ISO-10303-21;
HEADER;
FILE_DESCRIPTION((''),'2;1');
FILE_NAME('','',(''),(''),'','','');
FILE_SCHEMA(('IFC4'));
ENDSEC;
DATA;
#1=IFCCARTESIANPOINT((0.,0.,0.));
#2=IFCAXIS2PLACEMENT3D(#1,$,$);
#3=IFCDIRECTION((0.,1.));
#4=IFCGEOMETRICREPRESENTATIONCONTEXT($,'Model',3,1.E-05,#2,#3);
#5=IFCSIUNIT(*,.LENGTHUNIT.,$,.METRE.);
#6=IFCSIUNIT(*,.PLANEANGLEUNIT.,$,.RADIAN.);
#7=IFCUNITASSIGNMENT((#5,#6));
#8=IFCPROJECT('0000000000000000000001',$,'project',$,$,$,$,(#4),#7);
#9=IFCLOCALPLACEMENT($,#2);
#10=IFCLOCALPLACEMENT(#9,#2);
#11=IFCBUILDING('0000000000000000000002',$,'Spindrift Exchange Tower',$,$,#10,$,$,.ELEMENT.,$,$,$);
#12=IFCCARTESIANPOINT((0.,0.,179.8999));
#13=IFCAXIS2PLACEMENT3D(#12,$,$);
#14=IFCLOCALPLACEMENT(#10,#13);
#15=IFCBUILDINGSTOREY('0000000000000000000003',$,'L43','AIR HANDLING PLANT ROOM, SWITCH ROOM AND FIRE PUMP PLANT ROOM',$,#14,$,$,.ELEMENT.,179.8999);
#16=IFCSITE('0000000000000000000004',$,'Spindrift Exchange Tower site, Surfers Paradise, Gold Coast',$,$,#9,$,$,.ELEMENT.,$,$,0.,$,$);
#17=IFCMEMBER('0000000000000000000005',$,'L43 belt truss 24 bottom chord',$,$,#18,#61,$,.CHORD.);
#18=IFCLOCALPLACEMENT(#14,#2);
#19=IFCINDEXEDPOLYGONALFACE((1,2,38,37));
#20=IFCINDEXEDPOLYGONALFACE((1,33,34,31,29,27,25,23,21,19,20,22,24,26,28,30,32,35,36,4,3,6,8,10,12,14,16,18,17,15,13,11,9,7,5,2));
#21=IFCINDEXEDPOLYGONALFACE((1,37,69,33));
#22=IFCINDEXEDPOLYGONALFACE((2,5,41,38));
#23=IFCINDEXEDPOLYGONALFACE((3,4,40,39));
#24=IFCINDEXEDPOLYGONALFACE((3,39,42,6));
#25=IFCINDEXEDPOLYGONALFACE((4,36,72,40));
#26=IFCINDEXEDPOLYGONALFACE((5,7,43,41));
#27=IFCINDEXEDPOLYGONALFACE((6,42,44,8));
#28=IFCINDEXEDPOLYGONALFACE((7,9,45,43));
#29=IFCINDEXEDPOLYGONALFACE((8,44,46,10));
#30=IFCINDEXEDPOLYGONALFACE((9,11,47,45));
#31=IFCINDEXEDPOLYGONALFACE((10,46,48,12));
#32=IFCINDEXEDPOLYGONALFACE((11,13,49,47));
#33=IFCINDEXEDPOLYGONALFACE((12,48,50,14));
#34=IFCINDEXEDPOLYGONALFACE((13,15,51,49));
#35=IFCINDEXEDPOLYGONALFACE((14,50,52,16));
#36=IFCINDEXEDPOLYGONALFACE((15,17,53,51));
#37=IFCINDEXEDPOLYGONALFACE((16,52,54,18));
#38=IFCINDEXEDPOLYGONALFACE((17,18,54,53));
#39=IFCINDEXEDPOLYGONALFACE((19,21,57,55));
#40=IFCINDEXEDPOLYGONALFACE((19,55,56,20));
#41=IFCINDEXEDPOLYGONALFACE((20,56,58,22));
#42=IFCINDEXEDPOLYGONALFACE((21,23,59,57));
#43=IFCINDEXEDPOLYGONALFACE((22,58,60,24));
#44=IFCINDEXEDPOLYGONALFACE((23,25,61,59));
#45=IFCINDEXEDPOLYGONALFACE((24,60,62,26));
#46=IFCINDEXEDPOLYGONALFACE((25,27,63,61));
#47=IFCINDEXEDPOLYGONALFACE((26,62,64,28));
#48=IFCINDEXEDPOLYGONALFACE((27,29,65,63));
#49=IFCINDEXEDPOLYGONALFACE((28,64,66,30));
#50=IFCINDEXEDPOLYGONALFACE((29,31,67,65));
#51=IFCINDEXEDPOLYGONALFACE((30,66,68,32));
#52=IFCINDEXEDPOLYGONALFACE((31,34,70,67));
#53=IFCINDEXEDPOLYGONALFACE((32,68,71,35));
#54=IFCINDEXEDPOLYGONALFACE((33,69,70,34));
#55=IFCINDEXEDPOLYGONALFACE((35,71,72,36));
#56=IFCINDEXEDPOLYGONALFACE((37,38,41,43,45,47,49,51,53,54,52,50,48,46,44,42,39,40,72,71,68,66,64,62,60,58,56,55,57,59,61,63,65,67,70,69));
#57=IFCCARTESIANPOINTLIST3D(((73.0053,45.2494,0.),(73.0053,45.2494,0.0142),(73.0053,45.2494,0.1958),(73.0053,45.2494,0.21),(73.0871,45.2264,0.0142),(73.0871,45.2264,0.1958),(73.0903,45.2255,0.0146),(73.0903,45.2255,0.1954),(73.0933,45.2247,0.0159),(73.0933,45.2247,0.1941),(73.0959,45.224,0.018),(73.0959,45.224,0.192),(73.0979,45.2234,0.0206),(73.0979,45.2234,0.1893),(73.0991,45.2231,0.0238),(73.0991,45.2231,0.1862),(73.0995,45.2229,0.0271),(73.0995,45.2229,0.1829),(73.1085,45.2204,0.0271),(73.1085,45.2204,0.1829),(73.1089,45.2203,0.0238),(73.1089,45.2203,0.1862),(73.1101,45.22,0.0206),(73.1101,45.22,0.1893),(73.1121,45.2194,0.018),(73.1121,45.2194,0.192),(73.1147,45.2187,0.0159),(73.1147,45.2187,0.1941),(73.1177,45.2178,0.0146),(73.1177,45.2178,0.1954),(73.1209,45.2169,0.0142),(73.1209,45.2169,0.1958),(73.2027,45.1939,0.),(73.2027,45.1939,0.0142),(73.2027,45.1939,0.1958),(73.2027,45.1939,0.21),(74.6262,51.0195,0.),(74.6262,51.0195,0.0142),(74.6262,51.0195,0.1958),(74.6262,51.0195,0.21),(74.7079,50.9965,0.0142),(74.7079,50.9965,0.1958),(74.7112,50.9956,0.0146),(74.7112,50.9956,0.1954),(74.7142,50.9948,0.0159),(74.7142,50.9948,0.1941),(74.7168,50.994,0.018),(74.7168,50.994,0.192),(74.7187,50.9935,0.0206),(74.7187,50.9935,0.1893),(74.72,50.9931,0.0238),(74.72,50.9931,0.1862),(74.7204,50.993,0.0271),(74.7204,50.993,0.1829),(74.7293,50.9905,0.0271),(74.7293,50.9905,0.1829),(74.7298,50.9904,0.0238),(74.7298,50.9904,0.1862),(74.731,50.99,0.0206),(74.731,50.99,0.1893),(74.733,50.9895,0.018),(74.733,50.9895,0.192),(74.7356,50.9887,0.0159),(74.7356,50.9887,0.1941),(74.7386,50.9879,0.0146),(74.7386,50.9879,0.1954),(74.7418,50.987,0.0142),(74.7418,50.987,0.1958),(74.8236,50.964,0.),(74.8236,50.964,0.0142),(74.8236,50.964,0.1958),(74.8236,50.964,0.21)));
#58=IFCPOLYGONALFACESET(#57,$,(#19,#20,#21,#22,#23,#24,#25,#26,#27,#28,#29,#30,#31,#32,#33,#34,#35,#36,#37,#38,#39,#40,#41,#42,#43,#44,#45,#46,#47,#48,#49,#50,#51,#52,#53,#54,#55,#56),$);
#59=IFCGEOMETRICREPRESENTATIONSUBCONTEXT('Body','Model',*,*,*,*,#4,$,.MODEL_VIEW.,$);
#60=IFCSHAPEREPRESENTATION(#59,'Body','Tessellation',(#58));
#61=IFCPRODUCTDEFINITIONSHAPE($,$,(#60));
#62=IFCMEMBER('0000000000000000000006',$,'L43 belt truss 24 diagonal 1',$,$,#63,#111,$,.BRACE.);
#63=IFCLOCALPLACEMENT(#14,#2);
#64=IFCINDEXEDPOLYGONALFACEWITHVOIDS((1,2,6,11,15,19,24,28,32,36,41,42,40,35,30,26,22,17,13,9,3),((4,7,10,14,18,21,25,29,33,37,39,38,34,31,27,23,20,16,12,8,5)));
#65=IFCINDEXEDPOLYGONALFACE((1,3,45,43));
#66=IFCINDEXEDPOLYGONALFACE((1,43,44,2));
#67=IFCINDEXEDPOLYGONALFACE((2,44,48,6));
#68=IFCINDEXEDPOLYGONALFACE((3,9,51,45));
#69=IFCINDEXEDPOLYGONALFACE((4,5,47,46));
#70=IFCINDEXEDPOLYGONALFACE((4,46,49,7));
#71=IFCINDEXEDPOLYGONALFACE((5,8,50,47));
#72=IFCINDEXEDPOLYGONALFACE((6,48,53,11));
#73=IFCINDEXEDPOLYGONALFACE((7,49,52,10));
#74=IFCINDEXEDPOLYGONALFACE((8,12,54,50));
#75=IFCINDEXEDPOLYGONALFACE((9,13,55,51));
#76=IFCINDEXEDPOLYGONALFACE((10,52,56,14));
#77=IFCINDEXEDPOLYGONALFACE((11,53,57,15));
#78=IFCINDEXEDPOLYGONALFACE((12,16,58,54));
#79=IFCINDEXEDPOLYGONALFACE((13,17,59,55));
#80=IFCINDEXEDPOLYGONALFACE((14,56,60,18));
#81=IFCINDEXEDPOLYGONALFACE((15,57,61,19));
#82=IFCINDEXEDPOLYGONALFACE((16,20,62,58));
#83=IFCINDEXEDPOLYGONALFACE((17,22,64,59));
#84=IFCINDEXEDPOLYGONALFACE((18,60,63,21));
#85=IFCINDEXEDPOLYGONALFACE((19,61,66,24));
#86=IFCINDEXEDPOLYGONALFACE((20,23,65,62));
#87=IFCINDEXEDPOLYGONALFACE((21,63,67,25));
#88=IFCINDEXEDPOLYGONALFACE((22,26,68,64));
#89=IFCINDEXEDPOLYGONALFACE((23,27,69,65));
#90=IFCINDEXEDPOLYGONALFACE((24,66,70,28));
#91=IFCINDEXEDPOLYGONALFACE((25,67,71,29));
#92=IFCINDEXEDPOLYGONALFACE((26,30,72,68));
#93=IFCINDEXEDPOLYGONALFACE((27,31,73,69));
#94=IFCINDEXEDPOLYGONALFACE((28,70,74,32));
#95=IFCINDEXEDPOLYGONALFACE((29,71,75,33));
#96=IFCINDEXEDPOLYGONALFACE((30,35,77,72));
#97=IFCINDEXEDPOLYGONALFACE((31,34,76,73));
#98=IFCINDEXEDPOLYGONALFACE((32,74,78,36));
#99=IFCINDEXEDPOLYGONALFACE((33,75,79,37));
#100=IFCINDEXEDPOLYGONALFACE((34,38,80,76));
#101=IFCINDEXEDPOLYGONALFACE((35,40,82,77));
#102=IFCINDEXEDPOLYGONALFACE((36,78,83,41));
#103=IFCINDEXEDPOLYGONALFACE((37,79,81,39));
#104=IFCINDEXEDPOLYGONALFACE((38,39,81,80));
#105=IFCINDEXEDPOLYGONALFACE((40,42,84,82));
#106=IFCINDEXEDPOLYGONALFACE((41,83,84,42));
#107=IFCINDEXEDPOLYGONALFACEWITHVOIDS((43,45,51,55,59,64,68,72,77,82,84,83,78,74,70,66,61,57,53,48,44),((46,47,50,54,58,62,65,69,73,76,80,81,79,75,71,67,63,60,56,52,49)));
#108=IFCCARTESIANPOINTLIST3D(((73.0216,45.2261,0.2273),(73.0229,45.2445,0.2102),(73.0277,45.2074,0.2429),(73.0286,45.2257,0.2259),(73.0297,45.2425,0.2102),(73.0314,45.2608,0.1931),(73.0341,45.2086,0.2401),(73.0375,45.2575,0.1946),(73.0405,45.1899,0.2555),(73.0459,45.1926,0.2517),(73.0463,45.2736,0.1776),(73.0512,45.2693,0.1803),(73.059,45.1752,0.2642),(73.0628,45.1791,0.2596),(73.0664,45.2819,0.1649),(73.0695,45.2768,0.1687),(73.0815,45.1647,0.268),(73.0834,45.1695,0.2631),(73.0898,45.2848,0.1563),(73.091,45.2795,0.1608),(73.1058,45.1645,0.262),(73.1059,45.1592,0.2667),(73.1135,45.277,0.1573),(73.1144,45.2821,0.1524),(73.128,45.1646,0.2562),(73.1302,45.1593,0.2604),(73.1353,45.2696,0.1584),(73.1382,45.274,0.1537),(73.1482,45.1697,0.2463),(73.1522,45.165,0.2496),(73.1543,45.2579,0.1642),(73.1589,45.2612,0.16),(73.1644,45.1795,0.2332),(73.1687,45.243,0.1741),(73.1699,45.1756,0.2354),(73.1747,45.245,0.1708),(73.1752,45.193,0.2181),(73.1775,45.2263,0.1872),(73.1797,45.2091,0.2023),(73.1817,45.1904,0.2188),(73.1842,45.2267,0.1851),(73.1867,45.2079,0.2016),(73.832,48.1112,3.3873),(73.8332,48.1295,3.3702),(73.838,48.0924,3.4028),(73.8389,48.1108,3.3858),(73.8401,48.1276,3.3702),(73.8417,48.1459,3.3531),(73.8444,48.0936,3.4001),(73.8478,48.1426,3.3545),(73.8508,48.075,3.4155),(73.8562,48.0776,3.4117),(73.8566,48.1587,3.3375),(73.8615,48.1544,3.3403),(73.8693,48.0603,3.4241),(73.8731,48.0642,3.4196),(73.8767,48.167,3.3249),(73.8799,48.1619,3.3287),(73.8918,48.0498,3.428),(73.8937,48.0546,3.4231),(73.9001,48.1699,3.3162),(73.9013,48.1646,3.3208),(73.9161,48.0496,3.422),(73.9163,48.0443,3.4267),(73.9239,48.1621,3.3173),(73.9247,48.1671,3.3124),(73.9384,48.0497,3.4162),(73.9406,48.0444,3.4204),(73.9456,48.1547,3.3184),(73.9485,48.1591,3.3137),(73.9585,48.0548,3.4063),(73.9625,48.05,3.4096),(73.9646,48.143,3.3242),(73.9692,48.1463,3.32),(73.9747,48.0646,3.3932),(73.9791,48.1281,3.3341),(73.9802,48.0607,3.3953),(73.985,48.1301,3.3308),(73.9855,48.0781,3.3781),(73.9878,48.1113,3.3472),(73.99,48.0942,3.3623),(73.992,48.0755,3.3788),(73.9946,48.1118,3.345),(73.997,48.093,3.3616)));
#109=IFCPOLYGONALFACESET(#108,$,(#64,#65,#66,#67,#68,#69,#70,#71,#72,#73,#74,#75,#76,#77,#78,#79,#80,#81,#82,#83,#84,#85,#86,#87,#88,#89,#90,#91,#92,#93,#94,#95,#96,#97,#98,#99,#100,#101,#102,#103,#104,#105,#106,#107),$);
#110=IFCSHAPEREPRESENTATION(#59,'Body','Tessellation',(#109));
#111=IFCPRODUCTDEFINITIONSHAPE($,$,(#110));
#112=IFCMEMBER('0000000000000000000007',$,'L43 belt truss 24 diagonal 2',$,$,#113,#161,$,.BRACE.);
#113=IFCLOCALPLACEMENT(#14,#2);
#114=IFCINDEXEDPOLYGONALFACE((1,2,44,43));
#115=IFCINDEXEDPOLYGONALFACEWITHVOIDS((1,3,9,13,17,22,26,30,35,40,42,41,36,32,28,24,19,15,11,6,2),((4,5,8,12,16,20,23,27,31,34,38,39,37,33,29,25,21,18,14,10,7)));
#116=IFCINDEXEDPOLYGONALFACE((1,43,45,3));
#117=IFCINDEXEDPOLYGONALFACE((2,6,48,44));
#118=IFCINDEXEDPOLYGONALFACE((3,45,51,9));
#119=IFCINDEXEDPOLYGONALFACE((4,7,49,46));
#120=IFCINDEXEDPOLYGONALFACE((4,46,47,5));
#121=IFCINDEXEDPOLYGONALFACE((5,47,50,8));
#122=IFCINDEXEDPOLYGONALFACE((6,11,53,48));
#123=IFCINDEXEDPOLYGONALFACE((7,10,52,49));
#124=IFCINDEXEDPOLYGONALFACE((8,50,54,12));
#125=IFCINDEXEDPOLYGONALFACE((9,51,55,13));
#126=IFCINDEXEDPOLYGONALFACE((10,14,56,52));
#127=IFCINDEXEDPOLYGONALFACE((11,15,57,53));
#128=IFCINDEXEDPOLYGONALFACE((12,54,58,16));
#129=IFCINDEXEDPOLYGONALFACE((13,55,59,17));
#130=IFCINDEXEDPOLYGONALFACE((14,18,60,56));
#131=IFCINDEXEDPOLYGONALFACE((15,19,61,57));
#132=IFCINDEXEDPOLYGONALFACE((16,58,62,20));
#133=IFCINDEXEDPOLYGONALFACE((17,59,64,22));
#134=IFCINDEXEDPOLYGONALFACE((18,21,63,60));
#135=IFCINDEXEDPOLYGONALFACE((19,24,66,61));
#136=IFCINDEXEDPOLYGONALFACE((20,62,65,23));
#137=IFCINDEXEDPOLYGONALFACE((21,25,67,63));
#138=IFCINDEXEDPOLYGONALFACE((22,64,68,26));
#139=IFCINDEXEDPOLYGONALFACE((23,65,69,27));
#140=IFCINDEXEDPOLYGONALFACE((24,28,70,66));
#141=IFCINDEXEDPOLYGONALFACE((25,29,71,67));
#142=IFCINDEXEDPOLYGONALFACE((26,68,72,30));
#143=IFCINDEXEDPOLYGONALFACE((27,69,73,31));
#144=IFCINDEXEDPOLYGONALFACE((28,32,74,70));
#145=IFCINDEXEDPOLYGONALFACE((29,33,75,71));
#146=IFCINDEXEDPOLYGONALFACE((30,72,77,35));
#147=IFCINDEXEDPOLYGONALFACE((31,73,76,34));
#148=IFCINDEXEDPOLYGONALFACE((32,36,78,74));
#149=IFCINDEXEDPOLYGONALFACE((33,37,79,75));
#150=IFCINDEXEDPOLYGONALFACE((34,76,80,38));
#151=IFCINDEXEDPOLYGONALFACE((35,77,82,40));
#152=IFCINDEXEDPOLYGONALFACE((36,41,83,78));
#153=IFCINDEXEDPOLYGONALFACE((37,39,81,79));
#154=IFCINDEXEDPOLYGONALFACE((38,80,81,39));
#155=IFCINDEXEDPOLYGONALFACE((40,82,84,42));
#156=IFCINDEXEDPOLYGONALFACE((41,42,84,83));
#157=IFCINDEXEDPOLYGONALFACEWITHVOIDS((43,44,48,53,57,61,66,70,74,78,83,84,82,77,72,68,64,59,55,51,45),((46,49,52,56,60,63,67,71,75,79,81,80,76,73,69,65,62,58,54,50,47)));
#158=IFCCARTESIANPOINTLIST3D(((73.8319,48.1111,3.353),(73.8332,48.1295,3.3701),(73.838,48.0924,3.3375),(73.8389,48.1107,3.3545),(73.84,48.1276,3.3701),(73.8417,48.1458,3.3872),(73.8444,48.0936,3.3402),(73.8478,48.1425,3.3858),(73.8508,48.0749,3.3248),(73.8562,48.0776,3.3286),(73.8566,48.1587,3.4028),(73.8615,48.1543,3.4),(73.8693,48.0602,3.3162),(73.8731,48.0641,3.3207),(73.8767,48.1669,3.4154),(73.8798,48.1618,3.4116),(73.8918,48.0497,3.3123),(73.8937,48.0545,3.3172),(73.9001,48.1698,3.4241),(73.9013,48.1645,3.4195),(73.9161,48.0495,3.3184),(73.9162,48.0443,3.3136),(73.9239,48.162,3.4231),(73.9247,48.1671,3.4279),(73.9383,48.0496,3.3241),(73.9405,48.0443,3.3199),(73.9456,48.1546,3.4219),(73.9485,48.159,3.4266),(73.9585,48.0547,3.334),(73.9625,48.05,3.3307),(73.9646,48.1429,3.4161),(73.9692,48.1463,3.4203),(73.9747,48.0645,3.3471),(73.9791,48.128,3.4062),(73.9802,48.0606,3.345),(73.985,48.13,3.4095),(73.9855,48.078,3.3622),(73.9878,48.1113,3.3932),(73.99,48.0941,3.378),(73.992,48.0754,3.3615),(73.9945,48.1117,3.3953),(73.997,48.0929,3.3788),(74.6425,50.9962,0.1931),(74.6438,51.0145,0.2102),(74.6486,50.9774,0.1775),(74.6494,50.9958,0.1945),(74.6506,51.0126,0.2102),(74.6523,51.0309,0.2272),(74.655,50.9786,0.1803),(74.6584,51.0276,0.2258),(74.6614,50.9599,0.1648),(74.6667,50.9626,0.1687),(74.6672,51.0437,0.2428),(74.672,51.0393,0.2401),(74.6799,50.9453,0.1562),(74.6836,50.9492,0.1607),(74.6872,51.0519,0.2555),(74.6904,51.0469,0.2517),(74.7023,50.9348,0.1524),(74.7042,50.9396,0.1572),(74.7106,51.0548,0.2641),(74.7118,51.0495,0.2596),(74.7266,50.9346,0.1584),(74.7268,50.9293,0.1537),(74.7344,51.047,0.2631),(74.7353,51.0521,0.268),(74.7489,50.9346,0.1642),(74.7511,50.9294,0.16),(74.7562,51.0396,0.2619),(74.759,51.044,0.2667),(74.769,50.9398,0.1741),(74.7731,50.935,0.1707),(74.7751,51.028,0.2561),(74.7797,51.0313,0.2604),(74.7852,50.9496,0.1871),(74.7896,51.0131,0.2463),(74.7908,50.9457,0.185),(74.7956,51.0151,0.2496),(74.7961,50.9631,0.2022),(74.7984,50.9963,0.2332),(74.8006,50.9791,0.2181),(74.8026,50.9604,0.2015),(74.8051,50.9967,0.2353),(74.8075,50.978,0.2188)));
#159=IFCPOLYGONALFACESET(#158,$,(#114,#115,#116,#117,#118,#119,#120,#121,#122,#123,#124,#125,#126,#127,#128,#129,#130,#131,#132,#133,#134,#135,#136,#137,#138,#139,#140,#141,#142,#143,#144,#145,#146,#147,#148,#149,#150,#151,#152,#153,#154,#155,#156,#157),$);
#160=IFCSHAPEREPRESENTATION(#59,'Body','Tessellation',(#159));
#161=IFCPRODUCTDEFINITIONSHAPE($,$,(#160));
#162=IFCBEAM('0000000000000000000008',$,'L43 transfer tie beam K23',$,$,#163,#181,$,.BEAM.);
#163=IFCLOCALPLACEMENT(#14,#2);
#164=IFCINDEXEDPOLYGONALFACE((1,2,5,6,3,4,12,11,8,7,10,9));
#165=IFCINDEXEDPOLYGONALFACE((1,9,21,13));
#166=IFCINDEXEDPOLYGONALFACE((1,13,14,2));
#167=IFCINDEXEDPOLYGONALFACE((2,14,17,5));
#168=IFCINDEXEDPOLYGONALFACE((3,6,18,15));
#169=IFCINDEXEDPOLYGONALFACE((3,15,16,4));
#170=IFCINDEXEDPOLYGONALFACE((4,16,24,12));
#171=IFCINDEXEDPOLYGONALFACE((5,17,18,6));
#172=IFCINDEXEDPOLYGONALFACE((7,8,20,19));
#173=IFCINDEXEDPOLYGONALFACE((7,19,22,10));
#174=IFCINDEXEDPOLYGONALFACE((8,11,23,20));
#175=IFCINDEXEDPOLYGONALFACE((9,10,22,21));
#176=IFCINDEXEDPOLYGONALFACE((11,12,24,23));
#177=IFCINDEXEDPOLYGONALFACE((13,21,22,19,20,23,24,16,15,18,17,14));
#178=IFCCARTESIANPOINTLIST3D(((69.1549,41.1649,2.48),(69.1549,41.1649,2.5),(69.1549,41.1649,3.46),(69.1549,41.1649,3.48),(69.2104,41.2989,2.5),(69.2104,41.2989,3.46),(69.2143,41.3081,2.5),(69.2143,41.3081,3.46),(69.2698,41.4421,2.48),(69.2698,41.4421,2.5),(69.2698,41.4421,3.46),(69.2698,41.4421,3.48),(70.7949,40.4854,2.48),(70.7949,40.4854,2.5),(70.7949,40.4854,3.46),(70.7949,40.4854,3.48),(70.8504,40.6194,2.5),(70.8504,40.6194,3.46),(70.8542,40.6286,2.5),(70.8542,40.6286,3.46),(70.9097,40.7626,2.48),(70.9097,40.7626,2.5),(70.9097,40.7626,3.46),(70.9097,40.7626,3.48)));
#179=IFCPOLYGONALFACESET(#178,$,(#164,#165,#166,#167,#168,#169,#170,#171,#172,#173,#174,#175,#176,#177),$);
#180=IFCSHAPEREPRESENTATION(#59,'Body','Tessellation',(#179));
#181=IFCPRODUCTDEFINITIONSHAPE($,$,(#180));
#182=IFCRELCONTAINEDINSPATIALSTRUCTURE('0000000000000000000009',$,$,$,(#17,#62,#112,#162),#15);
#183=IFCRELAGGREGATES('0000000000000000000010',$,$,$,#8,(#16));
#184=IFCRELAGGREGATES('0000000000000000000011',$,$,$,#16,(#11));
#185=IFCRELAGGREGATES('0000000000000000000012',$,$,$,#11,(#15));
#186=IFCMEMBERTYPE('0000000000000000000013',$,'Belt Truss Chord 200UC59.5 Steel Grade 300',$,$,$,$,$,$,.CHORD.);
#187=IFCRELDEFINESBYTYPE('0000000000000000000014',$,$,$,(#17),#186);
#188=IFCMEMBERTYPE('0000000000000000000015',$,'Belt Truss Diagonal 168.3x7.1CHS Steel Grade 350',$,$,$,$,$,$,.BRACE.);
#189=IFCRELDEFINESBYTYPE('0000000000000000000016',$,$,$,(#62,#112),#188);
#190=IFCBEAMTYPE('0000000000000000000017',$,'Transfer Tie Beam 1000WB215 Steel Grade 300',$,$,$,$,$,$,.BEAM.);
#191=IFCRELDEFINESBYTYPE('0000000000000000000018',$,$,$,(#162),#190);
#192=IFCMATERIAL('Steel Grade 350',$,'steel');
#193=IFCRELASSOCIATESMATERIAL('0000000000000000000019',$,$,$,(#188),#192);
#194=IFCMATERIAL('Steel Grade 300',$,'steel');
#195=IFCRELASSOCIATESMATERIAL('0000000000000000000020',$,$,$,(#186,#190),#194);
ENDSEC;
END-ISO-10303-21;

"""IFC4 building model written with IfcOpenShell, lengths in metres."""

from ifc_helpers import new_model, si_unit, direction, frame, origin, origin_2d, place, context, subcontext, project, spatial, hollow_circle, i_section, extrude, source, transform, mapped, material, material_profile, profile_set, type_object, element, save


model = new_model("IFC4")

# Units and contexts
model_context = context("Model", 3, precision=1e-05, world=origin(), true_north=direction((0.0, 1.0)))
body_context = subcontext(model_context, "Body", "Model", "MODEL_VIEW")
ifc_project = project(units=[si_unit("LENGTHUNIT", "METRE"), si_unit("PLANEANGLEUNIT", "RADIAN")], contexts=[model_context])

# Site, building, storey
site_placement = place(None, origin())
site = spatial("IfcSite", under=ifc_project, at=site_placement, Name="Spindrift Exchange Tower site, Surfers Paradise, Gold Coast", CompositionType="ELEMENT", RefElevation=0.0)
building_placement = place(site_placement, origin())
building = spatial("IfcBuilding", under=site, at=building_placement, Name="Spindrift Exchange Tower", CompositionType="ELEMENT")
storey_placement = place(building_placement, frame((0.0, 0.0, 179.8999)))
storey = spatial("IfcBuildingStorey", under=building, at=storey_placement, Name="L43", Description="AIR HANDLING PLANT ROOM, SWITCH ROOM AND FIRE PUMP PLANT ROOM", CompositionType="ELEMENT", Elevation=179.8999)

# Shared definitions
ifc_material_1 = material(Name="Steel Grade 300", Category="steel")

# Members
ifc_material_2 = material(Name="Steel Grade 350", Category="steel")
ifc_material_profile_1 = material_profile(ifc_material_2, hollow_circle(Radius=0.0842, WallThickness=0.0071, at=origin_2d()), Name="168.3x7.1CHS")
ifc_profile_set_1 = profile_set([ifc_material_profile_1], Name="Steel Grade 350")
member_type_1 = type_object("IfcMemberType", Name="Belt Truss Diagonal 168.3x7.1CHS Steel Grade 350", PredefinedType="BRACE", material=ifc_profile_set_1)
ifc_material_profile_2 = material_profile(ifc_material_1, i_section(OverallWidth=0.2051, OverallDepth=0.21, WebThickness=0.0093, FlangeThickness=0.0142, FilletRadius=0.0129, at=origin_2d()), Name="200UC59.5")
ifc_profile_set_2 = profile_set([ifc_material_profile_2], Name="Steel Grade 300")
member_type_2 = type_object("IfcMemberType", Name="Belt Truss Chord 200UC59.5 Steel Grade 300", PredefinedType="CHORD", material=ifc_profile_set_2)
shared_shape_1 = source(origin(), body_context, "Body", "SweptSolid", [
    extrude(i_section(OverallWidth=0.2051, OverallDepth=0.21, WebThickness=0.0093, FlangeThickness=0.0142, FilletRadius=0.0129, at=origin_2d()), origin(), (0.0, 0.0, 1.0), 5.9934),
])
for number, where, z_axis, x_axis, name in (
    (1, (73.104, 45.2217, 0.105), (0.270441, 0.962736, 0.0), (-0.962736, 0.270441, 0.0), "L43 belt truss 24 bottom chord"),
):
    element("IfcMember", number, at=place(storey_placement, frame(where, z_axis=z_axis, x_axis=x_axis)), inside=storey, type_object=member_type_2, Name=name, PredefinedType="CHORD", context=body_context, shape_type="MappedRepresentation", body=[
        mapped(shared_shape_1, transform((0.0, 0.0, 0.0), scale=1.0)),
    ])
shared_shape_2 = source(origin(), body_context, "Body", "SweptSolid", [
    extrude(hollow_circle(Radius=0.0842, WallThickness=0.0071, at=origin_2d()), origin(), (0.0, 0.0, 1.0), 4.355),
])
for number, where, z_axis, x_axis, name in (
    (2, (73.104, 45.2217, 0.2102), (0.186068, 0.662479, 0.725604), (-0.962747, 0.270403, 0.0), "L43 belt truss 24 diagonal 1"),
    (3, (73.9143, 48.1067, 3.3701), (0.186122, 0.662472, -0.725596), (-0.962726, 0.270479, 0.0), "L43 belt truss 24 diagonal 2"),
):
    element("IfcMember", number, at=place(storey_placement, frame(where, z_axis=z_axis, x_axis=x_axis)), inside=storey, type_object=member_type_1, Name=name, PredefinedType="BRACE", context=body_context, shape_type="MappedRepresentation", body=[
        mapped(shared_shape_2, transform((0.0, 0.0, 0.0), scale=1.0)),
    ])

# Beam
ifc_material_profile_3 = material_profile(ifc_material_1, i_section(OverallWidth=0.3, OverallDepth=1.0, WebThickness=0.01, FlangeThickness=0.02, at=origin_2d()), Name="1000WB215")
ifc_profile_set_3 = profile_set([ifc_material_profile_3], Name="Steel Grade 300")
beam_type_1 = type_object("IfcBeamType", Name="Transfer Tie Beam 1000WB215 Steel Grade 300", PredefinedType="BEAM", material=ifc_profile_set_3)
shared_shape_3 = source(origin(), body_context, "Body", "SweptSolid", [
    extrude(i_section(OverallWidth=0.3, OverallDepth=1.0, WebThickness=0.01, FlangeThickness=0.02, at=origin_2d()), origin(), (0.0, 0.0, 1.0), 1.7751),
])
beam_1_placement = place(storey_placement, frame((70.8523, 40.624, 2.98), z_axis=(-0.923844, 0.382769, 0.0), x_axis=(-0.382769, -0.923844, 0.0)))
element("IfcBeam", 4, at=beam_1_placement, inside=storey, type_object=beam_type_1, Name="L43 transfer tie beam K23", PredefinedType="BEAM", context=body_context, shape_type="MappedRepresentation", body=[
    mapped(shared_shape_3, transform((0.0, 0.0, 0.0), scale=1.0)),
])

save(model, "model.ifc")
